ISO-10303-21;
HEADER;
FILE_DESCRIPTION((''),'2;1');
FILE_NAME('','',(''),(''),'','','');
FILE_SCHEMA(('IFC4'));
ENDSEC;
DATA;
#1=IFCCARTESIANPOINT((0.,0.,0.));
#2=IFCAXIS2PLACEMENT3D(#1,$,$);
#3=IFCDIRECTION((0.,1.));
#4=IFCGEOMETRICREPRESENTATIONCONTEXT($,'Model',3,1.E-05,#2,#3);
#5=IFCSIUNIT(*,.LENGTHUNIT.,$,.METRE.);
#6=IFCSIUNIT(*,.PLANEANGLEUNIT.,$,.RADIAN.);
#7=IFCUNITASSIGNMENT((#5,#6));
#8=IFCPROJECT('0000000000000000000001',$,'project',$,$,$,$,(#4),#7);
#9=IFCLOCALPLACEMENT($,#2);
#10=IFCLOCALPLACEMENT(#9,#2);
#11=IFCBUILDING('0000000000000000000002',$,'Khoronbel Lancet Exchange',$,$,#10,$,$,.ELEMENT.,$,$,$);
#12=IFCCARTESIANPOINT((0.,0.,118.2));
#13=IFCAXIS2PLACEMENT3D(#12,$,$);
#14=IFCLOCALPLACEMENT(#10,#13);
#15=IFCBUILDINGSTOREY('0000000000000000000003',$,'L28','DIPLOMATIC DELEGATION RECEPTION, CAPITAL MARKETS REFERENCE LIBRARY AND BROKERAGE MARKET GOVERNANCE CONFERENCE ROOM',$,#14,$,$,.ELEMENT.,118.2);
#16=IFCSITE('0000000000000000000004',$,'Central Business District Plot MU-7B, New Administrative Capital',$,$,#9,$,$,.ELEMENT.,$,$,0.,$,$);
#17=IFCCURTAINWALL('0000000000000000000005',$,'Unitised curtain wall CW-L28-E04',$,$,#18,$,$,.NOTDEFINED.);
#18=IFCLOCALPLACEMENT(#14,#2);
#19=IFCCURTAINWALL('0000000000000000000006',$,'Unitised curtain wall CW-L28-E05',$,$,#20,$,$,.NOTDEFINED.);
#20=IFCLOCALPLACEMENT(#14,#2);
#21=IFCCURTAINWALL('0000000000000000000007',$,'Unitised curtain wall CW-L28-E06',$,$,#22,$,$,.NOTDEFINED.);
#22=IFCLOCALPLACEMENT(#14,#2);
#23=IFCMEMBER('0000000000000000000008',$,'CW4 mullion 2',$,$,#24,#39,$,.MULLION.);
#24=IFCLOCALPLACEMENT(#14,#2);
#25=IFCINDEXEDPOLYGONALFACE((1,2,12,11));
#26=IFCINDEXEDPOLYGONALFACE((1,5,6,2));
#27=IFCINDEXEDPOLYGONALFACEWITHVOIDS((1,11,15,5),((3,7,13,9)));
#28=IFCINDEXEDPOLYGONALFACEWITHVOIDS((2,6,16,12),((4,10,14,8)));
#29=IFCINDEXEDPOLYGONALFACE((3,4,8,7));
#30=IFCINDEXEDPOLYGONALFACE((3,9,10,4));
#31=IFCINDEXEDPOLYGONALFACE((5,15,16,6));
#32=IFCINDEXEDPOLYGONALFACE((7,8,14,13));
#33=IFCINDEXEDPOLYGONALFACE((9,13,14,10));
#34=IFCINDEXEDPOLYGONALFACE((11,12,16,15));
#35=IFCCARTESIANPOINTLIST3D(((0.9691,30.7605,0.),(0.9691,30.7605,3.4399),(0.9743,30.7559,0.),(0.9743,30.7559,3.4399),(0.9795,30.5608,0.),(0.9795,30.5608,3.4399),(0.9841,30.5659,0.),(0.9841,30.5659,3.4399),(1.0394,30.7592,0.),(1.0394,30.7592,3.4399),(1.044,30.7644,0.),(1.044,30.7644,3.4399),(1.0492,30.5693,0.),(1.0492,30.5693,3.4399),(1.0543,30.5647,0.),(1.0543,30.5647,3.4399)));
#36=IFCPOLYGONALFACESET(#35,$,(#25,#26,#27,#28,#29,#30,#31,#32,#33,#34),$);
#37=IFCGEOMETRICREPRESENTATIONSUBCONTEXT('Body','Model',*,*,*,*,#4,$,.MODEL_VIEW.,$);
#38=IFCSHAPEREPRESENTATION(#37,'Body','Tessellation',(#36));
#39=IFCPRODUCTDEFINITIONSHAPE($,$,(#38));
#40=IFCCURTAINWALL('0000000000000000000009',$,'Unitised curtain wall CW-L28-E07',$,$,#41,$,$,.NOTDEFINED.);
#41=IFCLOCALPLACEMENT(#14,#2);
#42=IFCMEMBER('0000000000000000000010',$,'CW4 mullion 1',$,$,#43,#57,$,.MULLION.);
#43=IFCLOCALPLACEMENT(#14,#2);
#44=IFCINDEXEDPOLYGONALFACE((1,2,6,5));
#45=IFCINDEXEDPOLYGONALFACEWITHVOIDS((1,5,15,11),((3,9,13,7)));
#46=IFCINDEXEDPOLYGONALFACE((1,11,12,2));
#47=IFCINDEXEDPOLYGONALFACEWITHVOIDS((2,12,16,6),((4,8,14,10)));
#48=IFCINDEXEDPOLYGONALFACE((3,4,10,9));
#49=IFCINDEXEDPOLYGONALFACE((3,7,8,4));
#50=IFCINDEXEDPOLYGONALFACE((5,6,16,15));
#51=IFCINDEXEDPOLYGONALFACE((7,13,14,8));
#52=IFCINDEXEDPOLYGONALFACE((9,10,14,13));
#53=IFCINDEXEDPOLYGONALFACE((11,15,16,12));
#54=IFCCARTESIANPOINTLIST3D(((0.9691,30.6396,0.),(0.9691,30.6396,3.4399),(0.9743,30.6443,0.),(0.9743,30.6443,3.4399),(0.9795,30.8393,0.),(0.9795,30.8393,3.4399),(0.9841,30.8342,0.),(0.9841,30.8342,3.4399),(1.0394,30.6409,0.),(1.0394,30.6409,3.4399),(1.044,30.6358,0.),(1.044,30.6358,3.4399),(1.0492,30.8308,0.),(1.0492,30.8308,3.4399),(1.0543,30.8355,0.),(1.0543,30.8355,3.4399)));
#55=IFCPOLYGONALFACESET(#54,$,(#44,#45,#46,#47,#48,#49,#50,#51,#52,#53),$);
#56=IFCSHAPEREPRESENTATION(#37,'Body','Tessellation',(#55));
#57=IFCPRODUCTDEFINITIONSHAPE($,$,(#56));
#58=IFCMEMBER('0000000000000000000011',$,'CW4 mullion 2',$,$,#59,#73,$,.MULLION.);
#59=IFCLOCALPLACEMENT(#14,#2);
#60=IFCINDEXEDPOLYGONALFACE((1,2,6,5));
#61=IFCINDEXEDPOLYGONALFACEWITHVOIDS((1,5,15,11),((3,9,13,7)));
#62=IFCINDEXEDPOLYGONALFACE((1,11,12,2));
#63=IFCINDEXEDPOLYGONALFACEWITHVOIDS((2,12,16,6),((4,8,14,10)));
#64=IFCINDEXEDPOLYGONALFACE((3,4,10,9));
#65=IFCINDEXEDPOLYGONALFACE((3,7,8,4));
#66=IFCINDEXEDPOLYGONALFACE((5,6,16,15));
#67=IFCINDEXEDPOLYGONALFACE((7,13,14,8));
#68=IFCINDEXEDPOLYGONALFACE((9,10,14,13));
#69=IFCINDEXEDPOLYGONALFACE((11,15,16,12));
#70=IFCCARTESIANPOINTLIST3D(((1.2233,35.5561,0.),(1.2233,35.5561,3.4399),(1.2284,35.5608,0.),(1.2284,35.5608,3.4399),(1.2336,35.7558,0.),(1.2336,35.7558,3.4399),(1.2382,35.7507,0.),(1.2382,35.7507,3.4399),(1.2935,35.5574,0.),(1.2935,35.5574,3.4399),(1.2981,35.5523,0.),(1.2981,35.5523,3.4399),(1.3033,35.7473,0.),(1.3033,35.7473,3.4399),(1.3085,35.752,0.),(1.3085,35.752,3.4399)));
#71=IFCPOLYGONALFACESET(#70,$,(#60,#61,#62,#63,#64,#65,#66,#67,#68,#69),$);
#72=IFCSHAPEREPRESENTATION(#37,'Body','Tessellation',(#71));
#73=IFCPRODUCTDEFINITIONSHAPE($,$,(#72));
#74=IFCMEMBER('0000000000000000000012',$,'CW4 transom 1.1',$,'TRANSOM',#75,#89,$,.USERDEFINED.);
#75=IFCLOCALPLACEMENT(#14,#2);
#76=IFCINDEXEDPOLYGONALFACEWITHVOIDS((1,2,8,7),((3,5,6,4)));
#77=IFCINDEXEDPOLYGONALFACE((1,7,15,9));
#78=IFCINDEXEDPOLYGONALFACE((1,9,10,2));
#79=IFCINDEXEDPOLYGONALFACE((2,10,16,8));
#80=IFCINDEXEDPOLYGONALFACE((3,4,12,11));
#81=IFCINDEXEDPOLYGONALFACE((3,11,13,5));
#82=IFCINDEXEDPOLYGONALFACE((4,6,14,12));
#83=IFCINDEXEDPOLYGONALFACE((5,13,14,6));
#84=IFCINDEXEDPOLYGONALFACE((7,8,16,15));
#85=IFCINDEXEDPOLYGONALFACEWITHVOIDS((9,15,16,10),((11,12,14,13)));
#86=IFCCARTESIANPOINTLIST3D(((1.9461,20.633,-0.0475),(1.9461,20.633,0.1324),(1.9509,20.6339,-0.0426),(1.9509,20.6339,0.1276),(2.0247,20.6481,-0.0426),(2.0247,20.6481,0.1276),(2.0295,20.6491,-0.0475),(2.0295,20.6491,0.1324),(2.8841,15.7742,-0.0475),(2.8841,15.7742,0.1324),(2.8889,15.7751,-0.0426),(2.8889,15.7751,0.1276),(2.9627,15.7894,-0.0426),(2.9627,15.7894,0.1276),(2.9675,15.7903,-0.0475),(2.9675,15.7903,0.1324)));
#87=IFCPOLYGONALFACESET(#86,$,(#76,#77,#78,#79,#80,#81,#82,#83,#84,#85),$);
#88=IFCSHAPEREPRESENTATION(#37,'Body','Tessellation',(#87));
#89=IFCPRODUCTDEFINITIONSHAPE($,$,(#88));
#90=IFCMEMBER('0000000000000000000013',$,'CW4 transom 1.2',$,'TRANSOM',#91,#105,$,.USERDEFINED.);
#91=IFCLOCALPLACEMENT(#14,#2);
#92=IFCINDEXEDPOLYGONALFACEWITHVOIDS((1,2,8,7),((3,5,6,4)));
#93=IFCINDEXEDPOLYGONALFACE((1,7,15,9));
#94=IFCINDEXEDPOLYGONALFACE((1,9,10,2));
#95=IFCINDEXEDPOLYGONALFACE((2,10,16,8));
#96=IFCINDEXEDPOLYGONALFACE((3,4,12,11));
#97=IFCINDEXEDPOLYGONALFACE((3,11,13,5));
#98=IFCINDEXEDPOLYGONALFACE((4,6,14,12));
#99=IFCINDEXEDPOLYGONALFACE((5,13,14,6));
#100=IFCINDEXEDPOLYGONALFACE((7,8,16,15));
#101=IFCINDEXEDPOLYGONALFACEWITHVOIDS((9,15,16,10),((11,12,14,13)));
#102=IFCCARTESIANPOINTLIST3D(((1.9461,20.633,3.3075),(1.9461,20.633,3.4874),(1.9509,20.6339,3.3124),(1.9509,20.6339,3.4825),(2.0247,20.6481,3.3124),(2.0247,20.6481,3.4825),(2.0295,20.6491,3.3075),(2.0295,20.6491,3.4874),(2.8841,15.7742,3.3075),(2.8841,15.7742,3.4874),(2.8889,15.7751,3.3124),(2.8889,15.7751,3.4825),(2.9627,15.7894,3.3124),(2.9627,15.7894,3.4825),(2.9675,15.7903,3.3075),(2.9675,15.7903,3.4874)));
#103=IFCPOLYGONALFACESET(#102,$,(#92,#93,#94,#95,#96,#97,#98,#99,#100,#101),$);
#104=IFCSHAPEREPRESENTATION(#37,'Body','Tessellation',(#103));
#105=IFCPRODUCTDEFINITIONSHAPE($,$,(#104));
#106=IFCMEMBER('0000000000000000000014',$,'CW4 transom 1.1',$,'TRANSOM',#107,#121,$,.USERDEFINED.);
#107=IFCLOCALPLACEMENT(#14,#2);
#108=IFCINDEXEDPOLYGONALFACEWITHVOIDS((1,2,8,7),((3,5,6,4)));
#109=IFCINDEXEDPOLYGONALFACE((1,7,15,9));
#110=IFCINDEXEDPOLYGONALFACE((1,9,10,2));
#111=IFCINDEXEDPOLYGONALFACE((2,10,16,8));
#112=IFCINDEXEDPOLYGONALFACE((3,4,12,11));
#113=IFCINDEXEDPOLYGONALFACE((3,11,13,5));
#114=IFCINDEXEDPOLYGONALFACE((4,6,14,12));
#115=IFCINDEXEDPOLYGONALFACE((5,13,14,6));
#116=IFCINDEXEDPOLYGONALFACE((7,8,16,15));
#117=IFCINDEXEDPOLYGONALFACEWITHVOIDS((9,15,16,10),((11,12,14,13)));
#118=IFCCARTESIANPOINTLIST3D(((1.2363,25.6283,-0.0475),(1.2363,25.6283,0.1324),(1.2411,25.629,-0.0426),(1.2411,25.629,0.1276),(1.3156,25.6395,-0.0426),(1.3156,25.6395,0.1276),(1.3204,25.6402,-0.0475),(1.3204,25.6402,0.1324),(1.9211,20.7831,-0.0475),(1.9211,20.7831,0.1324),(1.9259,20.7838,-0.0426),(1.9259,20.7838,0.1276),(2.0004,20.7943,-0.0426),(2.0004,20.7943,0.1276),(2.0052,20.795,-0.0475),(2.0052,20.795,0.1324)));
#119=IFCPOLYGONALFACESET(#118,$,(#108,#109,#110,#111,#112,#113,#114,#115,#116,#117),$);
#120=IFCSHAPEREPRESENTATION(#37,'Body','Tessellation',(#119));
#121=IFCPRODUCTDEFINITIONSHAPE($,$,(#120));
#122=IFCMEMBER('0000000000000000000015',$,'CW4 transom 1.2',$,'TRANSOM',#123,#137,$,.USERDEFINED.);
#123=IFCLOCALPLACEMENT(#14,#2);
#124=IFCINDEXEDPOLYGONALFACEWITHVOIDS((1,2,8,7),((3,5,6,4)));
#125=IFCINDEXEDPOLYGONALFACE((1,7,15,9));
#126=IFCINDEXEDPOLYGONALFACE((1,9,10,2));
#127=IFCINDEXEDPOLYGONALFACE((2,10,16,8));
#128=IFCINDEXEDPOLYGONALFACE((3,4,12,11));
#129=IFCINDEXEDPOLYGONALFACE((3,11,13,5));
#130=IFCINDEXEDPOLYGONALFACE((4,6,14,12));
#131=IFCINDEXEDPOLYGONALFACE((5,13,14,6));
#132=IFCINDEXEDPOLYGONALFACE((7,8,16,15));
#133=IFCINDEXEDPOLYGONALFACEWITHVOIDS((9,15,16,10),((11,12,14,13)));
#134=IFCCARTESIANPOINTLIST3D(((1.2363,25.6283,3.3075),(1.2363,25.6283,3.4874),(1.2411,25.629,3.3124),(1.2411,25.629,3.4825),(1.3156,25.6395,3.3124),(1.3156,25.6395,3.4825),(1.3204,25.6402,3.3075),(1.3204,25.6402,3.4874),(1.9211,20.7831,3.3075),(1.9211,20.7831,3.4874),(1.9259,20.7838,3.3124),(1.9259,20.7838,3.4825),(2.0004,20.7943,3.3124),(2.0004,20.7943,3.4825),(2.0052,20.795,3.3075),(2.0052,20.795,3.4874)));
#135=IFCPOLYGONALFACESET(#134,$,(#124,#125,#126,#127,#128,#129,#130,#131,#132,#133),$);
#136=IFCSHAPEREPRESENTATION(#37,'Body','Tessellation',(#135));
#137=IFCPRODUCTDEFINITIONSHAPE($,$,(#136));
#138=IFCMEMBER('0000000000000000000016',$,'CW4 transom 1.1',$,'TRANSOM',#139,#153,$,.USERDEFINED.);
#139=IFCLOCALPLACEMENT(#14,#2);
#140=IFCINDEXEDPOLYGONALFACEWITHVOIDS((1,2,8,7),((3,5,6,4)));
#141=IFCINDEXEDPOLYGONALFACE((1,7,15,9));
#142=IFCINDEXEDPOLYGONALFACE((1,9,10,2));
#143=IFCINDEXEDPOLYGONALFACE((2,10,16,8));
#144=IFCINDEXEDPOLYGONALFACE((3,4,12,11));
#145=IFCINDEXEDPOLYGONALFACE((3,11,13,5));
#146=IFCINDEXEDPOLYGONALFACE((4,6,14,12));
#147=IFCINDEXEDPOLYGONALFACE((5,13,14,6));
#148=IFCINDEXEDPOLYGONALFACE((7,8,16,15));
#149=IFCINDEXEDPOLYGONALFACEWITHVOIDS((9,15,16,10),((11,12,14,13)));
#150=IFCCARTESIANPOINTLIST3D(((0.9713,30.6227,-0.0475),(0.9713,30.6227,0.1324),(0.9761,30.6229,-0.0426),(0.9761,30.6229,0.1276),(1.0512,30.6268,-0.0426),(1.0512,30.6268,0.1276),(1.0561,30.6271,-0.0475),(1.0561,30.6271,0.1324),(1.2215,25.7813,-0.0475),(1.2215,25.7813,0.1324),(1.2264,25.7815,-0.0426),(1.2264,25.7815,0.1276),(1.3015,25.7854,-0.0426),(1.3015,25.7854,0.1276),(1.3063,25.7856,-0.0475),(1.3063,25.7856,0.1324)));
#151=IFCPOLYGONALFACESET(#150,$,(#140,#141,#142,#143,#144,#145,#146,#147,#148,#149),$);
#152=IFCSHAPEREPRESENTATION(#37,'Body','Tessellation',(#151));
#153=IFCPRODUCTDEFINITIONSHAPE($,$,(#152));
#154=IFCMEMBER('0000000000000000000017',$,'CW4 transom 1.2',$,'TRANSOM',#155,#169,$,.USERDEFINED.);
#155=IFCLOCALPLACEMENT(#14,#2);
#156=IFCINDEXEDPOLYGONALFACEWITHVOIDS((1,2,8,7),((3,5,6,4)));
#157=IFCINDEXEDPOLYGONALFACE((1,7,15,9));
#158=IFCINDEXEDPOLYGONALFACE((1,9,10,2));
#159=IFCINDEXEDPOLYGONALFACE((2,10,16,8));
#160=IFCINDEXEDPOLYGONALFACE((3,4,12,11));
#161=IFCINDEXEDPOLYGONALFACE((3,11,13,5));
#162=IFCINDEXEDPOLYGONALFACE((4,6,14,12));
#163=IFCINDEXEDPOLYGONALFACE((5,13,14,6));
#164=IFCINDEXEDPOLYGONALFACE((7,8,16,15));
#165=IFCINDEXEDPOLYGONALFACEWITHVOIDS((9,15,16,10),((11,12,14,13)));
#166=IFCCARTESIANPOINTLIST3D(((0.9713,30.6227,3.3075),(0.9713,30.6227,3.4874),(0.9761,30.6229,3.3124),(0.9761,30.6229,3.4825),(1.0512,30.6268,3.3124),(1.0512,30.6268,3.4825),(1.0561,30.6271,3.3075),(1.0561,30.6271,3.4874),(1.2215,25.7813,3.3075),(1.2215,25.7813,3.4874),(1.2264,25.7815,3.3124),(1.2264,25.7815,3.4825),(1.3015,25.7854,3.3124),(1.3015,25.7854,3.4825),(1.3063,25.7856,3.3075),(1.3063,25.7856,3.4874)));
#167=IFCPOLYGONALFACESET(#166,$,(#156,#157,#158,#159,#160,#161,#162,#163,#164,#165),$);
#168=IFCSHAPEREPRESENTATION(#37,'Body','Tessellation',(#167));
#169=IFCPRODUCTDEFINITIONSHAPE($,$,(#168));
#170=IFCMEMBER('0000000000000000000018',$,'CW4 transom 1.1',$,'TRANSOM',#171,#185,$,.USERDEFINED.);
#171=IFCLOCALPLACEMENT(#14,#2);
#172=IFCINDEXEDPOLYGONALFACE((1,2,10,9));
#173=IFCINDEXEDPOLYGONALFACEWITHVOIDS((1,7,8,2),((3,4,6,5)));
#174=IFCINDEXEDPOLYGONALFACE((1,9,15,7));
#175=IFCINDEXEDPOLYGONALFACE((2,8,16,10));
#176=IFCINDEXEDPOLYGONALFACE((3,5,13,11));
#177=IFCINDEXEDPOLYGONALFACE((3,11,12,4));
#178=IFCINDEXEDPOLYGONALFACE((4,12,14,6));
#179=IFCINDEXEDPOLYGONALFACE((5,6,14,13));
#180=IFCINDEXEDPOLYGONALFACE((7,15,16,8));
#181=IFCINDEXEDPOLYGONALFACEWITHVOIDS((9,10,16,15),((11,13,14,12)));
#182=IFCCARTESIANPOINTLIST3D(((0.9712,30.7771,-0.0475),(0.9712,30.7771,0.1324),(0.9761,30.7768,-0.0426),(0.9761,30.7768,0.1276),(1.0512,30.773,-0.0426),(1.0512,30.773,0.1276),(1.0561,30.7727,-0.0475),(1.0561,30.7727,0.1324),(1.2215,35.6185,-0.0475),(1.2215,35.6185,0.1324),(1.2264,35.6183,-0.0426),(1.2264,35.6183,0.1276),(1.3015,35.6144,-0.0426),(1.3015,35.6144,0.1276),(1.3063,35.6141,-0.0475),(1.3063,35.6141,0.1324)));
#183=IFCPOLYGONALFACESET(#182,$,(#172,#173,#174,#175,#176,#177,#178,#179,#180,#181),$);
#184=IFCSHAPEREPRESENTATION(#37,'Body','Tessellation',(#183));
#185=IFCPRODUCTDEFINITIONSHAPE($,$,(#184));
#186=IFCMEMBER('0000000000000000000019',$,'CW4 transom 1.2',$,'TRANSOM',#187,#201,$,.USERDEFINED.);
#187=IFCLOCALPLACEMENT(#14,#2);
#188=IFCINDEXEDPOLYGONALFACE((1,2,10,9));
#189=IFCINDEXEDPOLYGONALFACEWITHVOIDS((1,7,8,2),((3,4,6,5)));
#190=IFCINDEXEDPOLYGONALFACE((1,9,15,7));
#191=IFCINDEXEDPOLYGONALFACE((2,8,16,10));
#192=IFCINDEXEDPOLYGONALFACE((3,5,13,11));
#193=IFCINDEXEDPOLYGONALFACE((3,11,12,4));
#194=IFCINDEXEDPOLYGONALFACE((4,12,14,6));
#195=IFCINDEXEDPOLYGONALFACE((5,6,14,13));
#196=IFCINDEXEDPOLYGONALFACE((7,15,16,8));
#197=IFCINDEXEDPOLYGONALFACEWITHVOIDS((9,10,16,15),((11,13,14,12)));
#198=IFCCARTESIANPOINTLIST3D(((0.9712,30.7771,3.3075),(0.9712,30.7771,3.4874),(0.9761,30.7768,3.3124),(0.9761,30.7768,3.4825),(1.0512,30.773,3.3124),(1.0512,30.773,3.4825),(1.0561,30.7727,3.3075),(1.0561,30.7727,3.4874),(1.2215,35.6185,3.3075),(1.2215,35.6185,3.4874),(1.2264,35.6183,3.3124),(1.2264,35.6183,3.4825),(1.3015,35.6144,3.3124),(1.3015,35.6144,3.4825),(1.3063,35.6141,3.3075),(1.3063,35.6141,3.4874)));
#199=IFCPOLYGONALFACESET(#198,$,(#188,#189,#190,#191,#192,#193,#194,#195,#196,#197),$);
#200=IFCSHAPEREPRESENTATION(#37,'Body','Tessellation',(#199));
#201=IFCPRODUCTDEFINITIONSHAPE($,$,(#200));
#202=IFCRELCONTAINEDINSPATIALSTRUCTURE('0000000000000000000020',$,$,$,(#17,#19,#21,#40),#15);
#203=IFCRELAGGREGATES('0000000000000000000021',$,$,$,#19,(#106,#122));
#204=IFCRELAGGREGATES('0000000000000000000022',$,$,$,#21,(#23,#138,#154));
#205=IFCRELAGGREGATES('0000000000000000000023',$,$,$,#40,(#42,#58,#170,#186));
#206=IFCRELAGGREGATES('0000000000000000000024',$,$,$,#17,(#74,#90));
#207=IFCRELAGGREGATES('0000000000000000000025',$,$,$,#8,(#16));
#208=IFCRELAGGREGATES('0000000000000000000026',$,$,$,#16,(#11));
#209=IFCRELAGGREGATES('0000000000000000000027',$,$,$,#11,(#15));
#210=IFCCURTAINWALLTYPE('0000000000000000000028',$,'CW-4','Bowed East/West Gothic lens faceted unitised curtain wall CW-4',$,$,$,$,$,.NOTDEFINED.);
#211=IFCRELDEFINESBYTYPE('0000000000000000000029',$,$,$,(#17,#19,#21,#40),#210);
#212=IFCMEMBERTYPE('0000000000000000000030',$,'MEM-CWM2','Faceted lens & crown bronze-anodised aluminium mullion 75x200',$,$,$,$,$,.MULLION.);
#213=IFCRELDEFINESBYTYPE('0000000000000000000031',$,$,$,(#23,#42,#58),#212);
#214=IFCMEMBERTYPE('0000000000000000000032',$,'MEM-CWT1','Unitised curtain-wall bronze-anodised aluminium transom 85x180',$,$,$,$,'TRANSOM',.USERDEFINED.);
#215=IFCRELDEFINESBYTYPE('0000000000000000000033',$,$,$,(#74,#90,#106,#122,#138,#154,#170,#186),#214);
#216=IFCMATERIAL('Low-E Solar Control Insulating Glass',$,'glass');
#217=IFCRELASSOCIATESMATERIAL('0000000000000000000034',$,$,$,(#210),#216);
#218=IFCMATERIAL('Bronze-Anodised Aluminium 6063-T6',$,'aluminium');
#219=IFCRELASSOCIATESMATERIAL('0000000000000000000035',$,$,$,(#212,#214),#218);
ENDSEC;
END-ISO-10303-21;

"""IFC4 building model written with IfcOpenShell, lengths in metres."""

from ifc_helpers import new_model, si_unit, direction, frame, origin, origin_2d, place, context, subcontext, project, spatial, hollow_rectangle, extrude, material, material_profile, profile_set, type_object, element, aggregate, save


model = new_model("IFC4")

# Units and contexts
model_context = context("Model", 3, precision=1e-05, world=origin(), true_north=direction((0.0, 1.0)))
body_context = subcontext(model_context, "Body", "Model", "MODEL_VIEW")
ifc_project = project(units=[si_unit("LENGTHUNIT", "METRE"), si_unit("PLANEANGLEUNIT", "RADIAN")], contexts=[model_context])

# Site, building, storey
site_placement = place(None, origin())
site = spatial("IfcSite", under=ifc_project, at=site_placement, Name="Central Business District Plot MU-7B, New Administrative Capital", CompositionType="ELEMENT", RefElevation=0.0)
building_placement = place(site_placement, origin())
building = spatial("IfcBuilding", under=site, at=building_placement, Name="Khoronbel Lancet Exchange", CompositionType="ELEMENT")
storey_placement = place(building_placement, frame((0.0, 0.0, 118.2)))
storey = spatial("IfcBuildingStorey", under=building, at=storey_placement, Name="L28", Description="DIPLOMATIC DELEGATION RECEPTION, CAPITAL MARKETS REFERENCE LIBRARY AND BROKERAGE MARKET GOVERNANCE CONFERENCE ROOM", CompositionType="ELEMENT", Elevation=118.2)

# Curtain walls, members
ifc_material_1 = material(Name="Low-E Solar Control Insulating Glass", Category="glass")
curtain_wall_type = type_object("IfcCurtainWallType", Name="CW-4", Description="Bowed East/West Gothic lens faceted unitised curtain wall CW-4", PredefinedType="NOTDEFINED", material=ifc_material_1)
curtain_wall_1_placement = place(storey_placement, origin())
curtain_wall_1 = element("IfcCurtainWall", 1, at=curtain_wall_1_placement, inside=storey, type_object=curtain_wall_type, Name="Unitised curtain wall CW-L28-E04", PredefinedType="NOTDEFINED")
ifc_material_2 = material(Name="Bronze-Anodised Aluminium 6063-T6", Category="aluminium")
ifc_material_profile_1 = material_profile(ifc_material_2, hollow_rectangle(XDim=0.075, YDim=0.2, WallThickness=0.0049, at=origin_2d()), Name="ALU MULLION 75x200")
ifc_profile_set_1 = profile_set([ifc_material_profile_1], Name="Bronze-Anodised Aluminium 6063-T6")
member_type_1 = type_object("IfcMemberType", Name="MEM-CWM2", Description="Faceted lens & crown bronze-anodised aluminium mullion 75x200", PredefinedType="MULLION", material=ifc_profile_set_1)
curtain_wall_2_placement = place(storey_placement, origin())
curtain_wall_2 = element("IfcCurtainWall", 2, at=curtain_wall_2_placement, inside=storey, type_object=curtain_wall_type, Name="Unitised curtain wall CW-L28-E05", PredefinedType="NOTDEFINED")
curtain_wall_3_placement = place(storey_placement, origin())
curtain_wall_3 = element("IfcCurtainWall", 3, at=curtain_wall_3_placement, inside=storey, type_object=curtain_wall_type, Name="Unitised curtain wall CW-L28-E06", PredefinedType="NOTDEFINED")
member_1_placement = place(storey_placement, frame((1.0117, 30.6626, 0.0), z_axis=(0.0, 0.0, 1.0), x_axis=(-0.998665, -0.05166, 0.0)))
member_1 = element("IfcMember", 4, at=member_1_placement, type_object=member_type_1, Name="CW4 mullion 2", PredefinedType="MULLION", context=body_context, shape_type="SweptSolid", body=[
    extrude(hollow_rectangle(XDim=0.075, YDim=0.2, WallThickness=0.0049, at=origin_2d()), origin(), (0.0, 0.0, 1.0), 3.4399),
])
curtain_wall_4_placement = place(storey_placement, origin())
curtain_wall_4 = element("IfcCurtainWall", 5, at=curtain_wall_4_placement, inside=storey, type_object=curtain_wall_type, Name="Unitised curtain wall CW-L28-E07", PredefinedType="NOTDEFINED")
member_2_placement = place(storey_placement, frame((1.0117, 30.7375, 0.0), z_axis=(0.0, 0.0, 1.0), x_axis=(-0.998665, 0.05166, 0.0)))
member_2 = element("IfcMember", 6, at=member_2_placement, type_object=member_type_1, Name="CW4 mullion 1", PredefinedType="MULLION", context=body_context, shape_type="SweptSolid", body=[
    extrude(hollow_rectangle(XDim=0.075, YDim=0.2, WallThickness=0.0049, at=origin_2d()), origin(), (0.0, 0.0, 1.0), 3.4399),
])
member_3_placement = place(storey_placement, frame((1.2659, 35.6541, 0.0), z_axis=(0.0, 0.0, 1.0), x_axis=(-0.998665, 0.05166, 0.0)))
member_3 = element("IfcMember", 7, at=member_3_placement, type_object=member_type_1, Name="CW4 mullion 2", PredefinedType="MULLION", context=body_context, shape_type="SweptSolid", body=[
    extrude(hollow_rectangle(XDim=0.075, YDim=0.2, WallThickness=0.0049, at=origin_2d()), origin(), (0.0, 0.0, 1.0), 3.4399),
])

# Members
ifc_material_profile_2 = material_profile(ifc_material_2, hollow_rectangle(XDim=0.085, YDim=0.1799, WallThickness=0.0049, at=origin_2d()), Name="ALU TRANSOM 85x180")
ifc_profile_set_2 = profile_set([ifc_material_profile_2], Name="Bronze-Anodised Aluminium 6063-T6")
member_type_2 = type_object("IfcMemberType", Name="MEM-CWT1", Description="Unitised curtain-wall bronze-anodised aluminium transom 85x180", ElementType="TRANSOM", PredefinedType="USERDEFINED", material=ifc_profile_set_2)
member_4_placement = place(storey_placement, frame((2.9258, 15.7822, 0.0425), z_axis=(-0.189546, 0.981872, 0.0), x_axis=(-0.981872, -0.189546, 0.0)))
member_4 = element("IfcMember", 8, at=member_4_placement, type_object=member_type_2, Name="CW4 transom 1.1", ObjectType="TRANSOM", PredefinedType="USERDEFINED", context=body_context, shape_type="SweptSolid", body=[
    extrude(hollow_rectangle(XDim=0.085, YDim=0.1799, WallThickness=0.0049, at=origin_2d()), origin(), (0.0, 0.0, 1.0), 4.9485),
])
member_5_placement = place(storey_placement, frame((2.9258, 15.7822, 3.3975), z_axis=(-0.189546, 0.981872, 0.0), x_axis=(-0.981872, -0.189546, 0.0)))
member_5 = element("IfcMember", 9, at=member_5_placement, type_object=member_type_2, Name="CW4 transom 1.2", ObjectType="TRANSOM", PredefinedType="USERDEFINED", context=body_context, shape_type="SweptSolid", body=[
    extrude(hollow_rectangle(XDim=0.085, YDim=0.1799, WallThickness=0.0049, at=origin_2d()), origin(), (0.0, 0.0, 1.0), 4.9485),
])
member_6_placement = place(storey_placement, frame((1.9631, 20.7891, 0.0425), z_axis=(-0.139947, 0.990159, 0.0), x_axis=(-0.990159, -0.139947, 0.0)))
member_6 = element("IfcMember", 10, at=member_6_placement, type_object=member_type_2, Name="CW4 transom 1.1", ObjectType="TRANSOM", PredefinedType="USERDEFINED", context=body_context, shape_type="SweptSolid", body=[
    extrude(hollow_rectangle(XDim=0.085, YDim=0.1799, WallThickness=0.0049, at=origin_2d()), origin(), (0.0, 0.0, 1.0), 4.8933),
])
member_7_placement = place(storey_placement, frame((1.9631, 20.7891, 3.3975), z_axis=(-0.139947, 0.990159, 0.0), x_axis=(-0.990159, -0.139947, 0.0)))
member_7 = element("IfcMember", 11, at=member_7_placement, type_object=member_type_2, Name="CW4 transom 1.2", ObjectType="TRANSOM", PredefinedType="USERDEFINED", context=body_context, shape_type="SweptSolid", body=[
    extrude(hollow_rectangle(XDim=0.085, YDim=0.1799, WallThickness=0.0049, at=origin_2d()), origin(), (0.0, 0.0, 1.0), 4.8933),
])
member_8_placement = place(storey_placement, frame((1.2639, 25.7834, 0.0425), z_axis=(-0.051618, 0.998667, 0.0), x_axis=(-0.998667, -0.051618, 0.0)))
member_8 = element("IfcMember", 12, at=member_8_placement, type_object=member_type_2, Name="CW4 transom 1.1", ObjectType="TRANSOM", PredefinedType="USERDEFINED", context=body_context, shape_type="SweptSolid", body=[
    extrude(hollow_rectangle(XDim=0.085, YDim=0.1799, WallThickness=0.0049, at=origin_2d()), origin(), (0.0, 0.0, 1.0), 4.8479),
])
member_9_placement = place(storey_placement, frame((1.2639, 25.7834, 3.3975), z_axis=(-0.051618, 0.998667, 0.0), x_axis=(-0.998667, -0.051618, 0.0)))
member_9 = element("IfcMember", 13, at=member_9_placement, type_object=member_type_2, Name="CW4 transom 1.2", ObjectType="TRANSOM", PredefinedType="USERDEFINED", context=body_context, shape_type="SweptSolid", body=[
    extrude(hollow_rectangle(XDim=0.085, YDim=0.1799, WallThickness=0.0049, at=origin_2d()), origin(), (0.0, 0.0, 1.0), 4.8479),
])
member_10_placement = place(storey_placement, frame((1.0137, 30.7749, 0.0425), z_axis=(0.051618, 0.998667, 0.0), x_axis=(-0.998667, 0.051618, 0.0)))
member_10 = element("IfcMember", 14, at=member_10_placement, type_object=member_type_2, Name="CW4 transom 1.1", ObjectType="TRANSOM", PredefinedType="USERDEFINED", context=body_context, shape_type="SweptSolid", body=[
    extrude(hollow_rectangle(XDim=0.085, YDim=0.1799, WallThickness=0.0049, at=origin_2d()), origin(), (0.0, 0.0, 1.0), 4.8479),
])
member_11_placement = place(storey_placement, frame((1.0137, 30.7749, 3.3975), z_axis=(0.051618, 0.998667, 0.0), x_axis=(-0.998667, 0.051618, 0.0)))
member_11 = element("IfcMember", 15, at=member_11_placement, type_object=member_type_2, Name="CW4 transom 1.2", ObjectType="TRANSOM", PredefinedType="USERDEFINED", context=body_context, shape_type="SweptSolid", body=[
    extrude(hollow_rectangle(XDim=0.085, YDim=0.1799, WallThickness=0.0049, at=origin_2d()), origin(), (0.0, 0.0, 1.0), 4.8479),
])

aggregate(curtain_wall_2, [member_6, member_7])
aggregate(curtain_wall_3, [member_1, member_8, member_9])
aggregate(curtain_wall_4, [member_2, member_3, member_10, member_11])
aggregate(curtain_wall_1, [member_4, member_5])

save(model, "model.ifc")
